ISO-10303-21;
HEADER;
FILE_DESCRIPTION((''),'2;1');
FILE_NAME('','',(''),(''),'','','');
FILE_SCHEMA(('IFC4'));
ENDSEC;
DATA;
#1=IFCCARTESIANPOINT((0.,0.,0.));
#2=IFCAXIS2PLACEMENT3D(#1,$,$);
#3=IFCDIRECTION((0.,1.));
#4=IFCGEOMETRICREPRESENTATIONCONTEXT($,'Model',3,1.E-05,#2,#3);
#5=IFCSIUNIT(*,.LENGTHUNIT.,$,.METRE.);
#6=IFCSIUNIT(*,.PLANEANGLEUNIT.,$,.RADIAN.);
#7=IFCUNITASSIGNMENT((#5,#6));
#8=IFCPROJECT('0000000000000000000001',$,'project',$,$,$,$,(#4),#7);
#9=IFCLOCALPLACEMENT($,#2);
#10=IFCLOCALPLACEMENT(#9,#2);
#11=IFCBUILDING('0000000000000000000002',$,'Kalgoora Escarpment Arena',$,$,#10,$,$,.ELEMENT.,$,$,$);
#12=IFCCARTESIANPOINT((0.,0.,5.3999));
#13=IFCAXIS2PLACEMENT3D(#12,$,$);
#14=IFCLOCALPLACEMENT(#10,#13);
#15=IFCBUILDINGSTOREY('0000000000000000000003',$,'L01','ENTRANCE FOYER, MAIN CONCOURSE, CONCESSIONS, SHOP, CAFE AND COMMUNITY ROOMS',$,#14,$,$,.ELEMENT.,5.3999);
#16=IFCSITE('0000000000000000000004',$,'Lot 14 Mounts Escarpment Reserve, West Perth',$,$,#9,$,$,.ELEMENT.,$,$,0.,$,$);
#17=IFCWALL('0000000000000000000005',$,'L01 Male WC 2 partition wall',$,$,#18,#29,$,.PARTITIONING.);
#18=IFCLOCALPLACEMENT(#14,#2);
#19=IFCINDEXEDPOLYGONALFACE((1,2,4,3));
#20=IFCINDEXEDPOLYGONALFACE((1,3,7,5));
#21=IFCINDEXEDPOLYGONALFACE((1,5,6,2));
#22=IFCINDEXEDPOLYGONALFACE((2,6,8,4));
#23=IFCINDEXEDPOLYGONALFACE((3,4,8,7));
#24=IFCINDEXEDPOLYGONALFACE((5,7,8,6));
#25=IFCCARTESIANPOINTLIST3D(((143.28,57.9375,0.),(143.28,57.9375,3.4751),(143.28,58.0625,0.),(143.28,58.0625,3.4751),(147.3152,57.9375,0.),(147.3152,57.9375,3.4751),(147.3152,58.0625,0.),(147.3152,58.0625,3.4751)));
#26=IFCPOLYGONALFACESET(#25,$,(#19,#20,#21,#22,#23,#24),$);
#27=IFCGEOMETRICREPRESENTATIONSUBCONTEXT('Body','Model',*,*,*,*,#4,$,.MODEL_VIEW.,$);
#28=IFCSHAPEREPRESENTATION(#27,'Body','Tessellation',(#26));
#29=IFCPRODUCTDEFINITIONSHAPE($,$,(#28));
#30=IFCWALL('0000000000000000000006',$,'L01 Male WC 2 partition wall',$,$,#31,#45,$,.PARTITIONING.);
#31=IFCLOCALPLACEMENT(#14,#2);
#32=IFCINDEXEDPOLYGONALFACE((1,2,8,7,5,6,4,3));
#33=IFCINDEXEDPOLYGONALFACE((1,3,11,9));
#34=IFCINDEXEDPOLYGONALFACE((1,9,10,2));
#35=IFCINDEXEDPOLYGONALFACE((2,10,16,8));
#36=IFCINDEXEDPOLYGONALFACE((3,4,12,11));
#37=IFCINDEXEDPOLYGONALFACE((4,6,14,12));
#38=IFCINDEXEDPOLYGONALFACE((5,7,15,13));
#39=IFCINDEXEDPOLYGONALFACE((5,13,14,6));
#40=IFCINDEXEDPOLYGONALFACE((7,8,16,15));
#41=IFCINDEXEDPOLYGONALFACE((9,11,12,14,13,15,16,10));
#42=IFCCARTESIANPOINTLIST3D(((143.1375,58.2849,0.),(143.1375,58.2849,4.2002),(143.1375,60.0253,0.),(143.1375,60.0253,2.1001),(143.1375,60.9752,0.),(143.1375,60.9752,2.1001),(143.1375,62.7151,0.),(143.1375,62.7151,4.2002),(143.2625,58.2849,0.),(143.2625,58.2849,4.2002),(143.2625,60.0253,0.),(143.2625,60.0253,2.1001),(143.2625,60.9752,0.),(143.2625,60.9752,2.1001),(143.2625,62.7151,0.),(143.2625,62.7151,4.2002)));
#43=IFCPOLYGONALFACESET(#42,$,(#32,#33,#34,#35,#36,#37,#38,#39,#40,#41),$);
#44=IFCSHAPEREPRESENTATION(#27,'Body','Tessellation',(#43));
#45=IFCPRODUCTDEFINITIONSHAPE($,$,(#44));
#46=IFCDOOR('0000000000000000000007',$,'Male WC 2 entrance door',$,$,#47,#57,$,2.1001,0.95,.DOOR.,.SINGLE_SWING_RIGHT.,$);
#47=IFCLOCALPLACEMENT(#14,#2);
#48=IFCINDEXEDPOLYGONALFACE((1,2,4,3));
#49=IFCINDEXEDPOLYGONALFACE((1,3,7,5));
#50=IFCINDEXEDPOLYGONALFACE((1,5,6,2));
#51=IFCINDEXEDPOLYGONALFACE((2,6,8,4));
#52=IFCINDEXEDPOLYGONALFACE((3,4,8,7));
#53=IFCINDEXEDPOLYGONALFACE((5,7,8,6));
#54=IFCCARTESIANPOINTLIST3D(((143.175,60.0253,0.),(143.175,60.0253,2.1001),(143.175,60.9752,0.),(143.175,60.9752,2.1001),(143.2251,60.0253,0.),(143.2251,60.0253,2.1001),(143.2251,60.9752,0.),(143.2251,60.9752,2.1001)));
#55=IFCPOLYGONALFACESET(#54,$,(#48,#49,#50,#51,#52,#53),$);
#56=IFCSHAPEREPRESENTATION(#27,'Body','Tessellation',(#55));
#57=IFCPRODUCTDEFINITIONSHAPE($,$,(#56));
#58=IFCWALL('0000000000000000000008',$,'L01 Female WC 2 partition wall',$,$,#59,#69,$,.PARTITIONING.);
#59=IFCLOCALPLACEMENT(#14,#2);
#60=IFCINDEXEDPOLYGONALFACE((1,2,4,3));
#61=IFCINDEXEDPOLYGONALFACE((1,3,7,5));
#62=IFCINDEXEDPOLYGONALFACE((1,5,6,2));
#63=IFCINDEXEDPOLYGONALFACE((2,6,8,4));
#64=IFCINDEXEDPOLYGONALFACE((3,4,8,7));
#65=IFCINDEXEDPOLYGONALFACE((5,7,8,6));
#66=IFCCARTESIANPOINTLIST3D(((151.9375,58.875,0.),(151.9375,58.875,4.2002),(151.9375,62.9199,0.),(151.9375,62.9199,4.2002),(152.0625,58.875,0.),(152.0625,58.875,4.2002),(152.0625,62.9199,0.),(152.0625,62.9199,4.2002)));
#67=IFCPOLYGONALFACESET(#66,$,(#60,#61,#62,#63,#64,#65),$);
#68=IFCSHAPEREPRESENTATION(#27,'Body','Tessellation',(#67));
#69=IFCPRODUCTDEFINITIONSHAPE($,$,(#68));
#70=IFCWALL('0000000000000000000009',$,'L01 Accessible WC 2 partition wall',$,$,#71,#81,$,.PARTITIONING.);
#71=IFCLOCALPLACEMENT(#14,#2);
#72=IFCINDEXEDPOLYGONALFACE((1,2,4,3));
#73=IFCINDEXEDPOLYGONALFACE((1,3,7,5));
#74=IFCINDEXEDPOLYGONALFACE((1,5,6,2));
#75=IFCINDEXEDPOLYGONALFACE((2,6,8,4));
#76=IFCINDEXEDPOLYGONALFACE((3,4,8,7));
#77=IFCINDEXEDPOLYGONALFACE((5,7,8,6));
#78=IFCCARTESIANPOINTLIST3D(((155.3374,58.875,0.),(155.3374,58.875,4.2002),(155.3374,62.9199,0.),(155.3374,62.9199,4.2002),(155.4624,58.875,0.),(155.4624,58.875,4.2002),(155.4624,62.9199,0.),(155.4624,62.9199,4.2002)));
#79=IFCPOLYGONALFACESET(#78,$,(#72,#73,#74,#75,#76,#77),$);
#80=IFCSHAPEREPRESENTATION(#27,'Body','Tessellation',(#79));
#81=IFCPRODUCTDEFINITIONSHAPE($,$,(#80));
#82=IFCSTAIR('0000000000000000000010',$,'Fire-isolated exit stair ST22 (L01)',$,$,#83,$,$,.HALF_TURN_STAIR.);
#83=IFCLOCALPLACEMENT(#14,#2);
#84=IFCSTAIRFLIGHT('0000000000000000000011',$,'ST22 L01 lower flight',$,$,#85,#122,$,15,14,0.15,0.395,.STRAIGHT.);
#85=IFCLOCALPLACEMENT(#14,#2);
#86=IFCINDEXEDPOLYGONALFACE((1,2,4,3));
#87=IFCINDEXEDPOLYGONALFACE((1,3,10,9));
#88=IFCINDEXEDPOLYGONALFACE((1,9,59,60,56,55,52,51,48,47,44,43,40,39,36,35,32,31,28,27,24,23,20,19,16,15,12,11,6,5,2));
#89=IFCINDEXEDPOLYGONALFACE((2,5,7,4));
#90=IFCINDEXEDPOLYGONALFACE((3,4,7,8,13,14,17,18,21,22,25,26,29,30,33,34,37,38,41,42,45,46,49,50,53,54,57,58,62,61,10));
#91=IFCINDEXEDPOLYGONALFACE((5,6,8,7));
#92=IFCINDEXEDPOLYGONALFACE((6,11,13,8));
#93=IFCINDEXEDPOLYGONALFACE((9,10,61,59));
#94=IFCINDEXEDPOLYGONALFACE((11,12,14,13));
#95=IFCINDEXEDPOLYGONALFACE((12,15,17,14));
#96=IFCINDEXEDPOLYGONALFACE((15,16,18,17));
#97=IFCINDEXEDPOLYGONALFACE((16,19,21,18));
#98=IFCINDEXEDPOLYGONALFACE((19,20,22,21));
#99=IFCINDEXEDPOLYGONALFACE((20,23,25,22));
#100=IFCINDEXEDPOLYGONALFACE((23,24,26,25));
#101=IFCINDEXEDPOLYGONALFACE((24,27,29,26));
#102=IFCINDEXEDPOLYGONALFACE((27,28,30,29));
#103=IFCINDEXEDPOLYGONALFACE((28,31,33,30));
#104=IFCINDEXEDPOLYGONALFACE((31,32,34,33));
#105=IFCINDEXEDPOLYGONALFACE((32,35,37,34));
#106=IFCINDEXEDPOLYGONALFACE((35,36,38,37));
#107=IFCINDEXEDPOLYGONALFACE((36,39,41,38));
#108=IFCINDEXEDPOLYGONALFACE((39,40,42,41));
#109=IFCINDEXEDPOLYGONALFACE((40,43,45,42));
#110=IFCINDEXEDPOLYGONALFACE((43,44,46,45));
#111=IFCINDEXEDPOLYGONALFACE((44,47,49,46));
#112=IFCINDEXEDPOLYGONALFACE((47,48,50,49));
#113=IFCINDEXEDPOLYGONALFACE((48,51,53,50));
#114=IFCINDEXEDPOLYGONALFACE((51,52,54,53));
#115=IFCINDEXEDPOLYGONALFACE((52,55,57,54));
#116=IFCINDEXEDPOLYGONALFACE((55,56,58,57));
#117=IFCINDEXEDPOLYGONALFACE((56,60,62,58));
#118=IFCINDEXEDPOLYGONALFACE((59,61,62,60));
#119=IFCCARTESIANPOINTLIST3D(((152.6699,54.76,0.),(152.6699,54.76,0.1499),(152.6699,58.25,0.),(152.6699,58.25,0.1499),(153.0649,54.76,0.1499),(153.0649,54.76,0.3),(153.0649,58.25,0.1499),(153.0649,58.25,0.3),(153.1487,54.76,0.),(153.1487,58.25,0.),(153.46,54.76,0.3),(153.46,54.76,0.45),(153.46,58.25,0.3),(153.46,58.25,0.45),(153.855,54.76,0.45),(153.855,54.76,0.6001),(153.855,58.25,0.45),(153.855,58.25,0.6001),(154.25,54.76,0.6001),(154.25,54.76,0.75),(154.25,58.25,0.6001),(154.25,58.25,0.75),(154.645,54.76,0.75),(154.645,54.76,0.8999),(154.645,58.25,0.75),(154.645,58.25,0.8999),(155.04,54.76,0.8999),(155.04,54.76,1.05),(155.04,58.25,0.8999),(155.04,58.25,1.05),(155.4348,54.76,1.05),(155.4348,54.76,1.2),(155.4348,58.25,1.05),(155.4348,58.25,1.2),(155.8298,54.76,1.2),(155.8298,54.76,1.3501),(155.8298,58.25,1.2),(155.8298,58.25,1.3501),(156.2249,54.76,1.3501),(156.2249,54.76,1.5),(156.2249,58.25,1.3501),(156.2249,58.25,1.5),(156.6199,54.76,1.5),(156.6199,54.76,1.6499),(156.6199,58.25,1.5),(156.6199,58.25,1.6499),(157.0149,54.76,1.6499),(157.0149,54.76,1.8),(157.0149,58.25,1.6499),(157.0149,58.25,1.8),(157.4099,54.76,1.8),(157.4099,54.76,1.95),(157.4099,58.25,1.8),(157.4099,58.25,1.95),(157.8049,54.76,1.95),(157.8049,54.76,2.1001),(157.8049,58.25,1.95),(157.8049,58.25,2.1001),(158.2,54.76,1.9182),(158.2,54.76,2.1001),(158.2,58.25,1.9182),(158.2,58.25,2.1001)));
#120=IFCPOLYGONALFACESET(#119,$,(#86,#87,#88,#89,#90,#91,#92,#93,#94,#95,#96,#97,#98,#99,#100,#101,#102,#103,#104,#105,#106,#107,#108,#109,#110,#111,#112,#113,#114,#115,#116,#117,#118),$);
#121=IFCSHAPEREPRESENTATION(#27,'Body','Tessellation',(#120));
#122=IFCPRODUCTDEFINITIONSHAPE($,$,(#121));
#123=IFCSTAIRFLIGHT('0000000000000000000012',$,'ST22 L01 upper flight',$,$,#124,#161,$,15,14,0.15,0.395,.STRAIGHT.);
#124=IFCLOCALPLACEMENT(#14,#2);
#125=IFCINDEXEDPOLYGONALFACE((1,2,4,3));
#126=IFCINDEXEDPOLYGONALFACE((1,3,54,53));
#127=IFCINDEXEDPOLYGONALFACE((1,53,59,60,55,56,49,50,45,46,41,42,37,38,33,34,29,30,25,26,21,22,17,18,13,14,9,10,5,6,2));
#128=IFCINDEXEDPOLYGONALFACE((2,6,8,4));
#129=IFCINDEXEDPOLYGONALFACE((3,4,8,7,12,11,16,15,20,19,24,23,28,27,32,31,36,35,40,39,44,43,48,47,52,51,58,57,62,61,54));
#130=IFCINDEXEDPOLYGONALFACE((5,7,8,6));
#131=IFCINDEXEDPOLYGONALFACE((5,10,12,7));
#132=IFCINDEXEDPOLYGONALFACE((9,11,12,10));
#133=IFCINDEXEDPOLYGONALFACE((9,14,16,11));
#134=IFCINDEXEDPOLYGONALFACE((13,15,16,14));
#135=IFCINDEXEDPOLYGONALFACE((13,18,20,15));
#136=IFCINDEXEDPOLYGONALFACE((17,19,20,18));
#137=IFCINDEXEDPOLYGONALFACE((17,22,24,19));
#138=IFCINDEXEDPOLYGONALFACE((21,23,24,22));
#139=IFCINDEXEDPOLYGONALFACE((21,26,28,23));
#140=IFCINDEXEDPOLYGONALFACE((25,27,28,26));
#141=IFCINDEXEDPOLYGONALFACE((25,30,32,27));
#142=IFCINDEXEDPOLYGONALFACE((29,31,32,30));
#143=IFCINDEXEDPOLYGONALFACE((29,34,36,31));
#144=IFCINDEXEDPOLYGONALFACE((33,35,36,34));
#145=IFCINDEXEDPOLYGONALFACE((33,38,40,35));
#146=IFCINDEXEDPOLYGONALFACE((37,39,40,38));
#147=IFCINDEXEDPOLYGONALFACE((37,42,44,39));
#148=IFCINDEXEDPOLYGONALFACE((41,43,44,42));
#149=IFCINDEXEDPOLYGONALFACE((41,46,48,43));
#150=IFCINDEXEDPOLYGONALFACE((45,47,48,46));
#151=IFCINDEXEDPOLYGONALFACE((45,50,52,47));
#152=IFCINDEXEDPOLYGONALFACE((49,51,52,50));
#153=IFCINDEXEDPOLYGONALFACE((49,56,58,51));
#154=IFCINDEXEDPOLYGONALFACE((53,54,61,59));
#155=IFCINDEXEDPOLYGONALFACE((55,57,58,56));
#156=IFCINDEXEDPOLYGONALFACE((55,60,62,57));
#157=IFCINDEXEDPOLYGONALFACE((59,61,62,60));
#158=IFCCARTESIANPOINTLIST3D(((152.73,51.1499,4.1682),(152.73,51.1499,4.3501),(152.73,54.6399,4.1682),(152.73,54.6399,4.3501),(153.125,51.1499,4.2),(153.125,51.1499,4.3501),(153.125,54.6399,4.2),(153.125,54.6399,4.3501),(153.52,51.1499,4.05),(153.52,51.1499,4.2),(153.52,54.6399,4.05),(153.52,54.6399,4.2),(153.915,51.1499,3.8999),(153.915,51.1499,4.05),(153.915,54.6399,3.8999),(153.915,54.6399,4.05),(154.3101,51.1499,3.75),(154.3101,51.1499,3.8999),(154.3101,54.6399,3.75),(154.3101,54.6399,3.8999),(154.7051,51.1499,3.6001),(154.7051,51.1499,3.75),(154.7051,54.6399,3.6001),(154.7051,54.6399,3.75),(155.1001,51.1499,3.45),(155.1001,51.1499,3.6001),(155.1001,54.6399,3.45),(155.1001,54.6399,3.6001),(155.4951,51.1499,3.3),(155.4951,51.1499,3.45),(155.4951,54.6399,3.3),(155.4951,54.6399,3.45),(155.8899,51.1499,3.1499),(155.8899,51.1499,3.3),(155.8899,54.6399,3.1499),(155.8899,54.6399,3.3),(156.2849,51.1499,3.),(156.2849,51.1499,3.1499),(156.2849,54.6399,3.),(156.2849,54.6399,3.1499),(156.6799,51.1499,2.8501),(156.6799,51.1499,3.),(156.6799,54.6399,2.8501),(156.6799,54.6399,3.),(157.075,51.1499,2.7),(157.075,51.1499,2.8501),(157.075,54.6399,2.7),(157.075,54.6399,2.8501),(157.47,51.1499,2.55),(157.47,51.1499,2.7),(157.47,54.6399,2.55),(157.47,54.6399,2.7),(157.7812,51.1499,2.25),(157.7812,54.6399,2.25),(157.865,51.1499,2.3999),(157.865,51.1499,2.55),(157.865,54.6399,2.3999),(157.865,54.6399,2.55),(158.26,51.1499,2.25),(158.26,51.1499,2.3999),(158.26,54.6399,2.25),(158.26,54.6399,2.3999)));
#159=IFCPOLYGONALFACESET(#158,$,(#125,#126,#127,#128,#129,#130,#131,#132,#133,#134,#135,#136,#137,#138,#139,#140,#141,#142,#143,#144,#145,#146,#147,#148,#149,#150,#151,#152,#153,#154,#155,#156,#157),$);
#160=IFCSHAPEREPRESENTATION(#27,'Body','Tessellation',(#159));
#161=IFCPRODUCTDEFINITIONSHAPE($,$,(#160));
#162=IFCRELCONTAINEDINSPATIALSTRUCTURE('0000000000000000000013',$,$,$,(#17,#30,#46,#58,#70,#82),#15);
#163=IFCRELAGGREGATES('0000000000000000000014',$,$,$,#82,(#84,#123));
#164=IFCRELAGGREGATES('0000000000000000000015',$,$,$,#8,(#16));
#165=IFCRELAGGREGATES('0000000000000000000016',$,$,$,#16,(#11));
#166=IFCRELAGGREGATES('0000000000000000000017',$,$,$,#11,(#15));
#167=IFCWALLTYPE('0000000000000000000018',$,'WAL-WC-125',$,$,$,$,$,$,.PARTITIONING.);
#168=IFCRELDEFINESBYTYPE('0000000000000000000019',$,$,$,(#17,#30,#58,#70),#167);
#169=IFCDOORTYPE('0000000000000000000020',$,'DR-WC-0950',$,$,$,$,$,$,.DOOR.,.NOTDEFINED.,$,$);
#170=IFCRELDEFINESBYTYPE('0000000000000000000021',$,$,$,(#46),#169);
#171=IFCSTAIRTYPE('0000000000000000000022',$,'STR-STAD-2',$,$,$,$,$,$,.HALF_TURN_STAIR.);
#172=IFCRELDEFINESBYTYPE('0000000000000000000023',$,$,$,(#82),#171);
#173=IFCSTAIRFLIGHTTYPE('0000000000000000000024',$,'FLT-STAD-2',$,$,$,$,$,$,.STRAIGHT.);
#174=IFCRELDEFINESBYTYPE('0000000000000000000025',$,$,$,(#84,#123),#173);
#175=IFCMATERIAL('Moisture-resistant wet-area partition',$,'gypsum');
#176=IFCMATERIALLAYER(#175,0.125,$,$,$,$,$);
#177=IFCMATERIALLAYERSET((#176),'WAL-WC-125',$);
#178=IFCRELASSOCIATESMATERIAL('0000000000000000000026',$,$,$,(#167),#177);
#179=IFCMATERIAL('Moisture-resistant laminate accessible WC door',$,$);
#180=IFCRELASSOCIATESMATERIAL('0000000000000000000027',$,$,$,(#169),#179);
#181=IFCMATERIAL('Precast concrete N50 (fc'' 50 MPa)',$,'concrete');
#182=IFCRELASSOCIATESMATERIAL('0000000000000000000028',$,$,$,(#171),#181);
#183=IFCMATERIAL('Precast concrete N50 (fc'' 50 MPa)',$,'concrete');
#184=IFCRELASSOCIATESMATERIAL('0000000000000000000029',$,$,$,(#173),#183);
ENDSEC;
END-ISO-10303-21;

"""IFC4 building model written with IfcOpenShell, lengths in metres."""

from ifc_helpers import new_model, si_unit, direction, frame, frame_2d, origin, place, context, subcontext, project, spatial, polyline, rectangle, outline, extrude, material, layer, layer_set, type_object, element, fill, aggregate, save


model = new_model("IFC4")

# Units and contexts
model_context = context("Model", 3, precision=1e-05, world=origin(), true_north=direction((0.0, 1.0)))
body_context = subcontext(model_context, "Body", "Model", "MODEL_VIEW")
ifc_project = project(units=[si_unit("LENGTHUNIT", "METRE"), si_unit("PLANEANGLEUNIT", "RADIAN")], contexts=[model_context])

# Site, building, storey
site_placement = place(None, origin())
site = spatial("IfcSite", under=ifc_project, at=site_placement, Name="Lot 14 Mounts Escarpment Reserve, West Perth", CompositionType="ELEMENT", RefElevation=0.0)
building_placement = place(site_placement, origin())
building = spatial("IfcBuilding", under=site, at=building_placement, Name="Kalgoora Escarpment Arena", CompositionType="ELEMENT")
storey_placement = place(building_placement, frame((0.0, 0.0, 5.3999)))
storey = spatial("IfcBuildingStorey", under=building, at=storey_placement, Name="L01", Description="ENTRANCE FOYER, MAIN CONCOURSE, CONCESSIONS, SHOP, CAFE AND COMMUNITY ROOMS", CompositionType="ELEMENT", Elevation=5.3999)

# Wall
ifc_material_1 = material(Name="Moisture-resistant wet-area partition", Category="gypsum")
ifc_layer_1 = layer(ifc_material_1, 0.125)
ifc_layer_set_1 = layer_set([ifc_layer_1], Name="WAL-WC-125")
wall_type_1 = type_object("IfcWallType", Name="WAL-WC-125", PredefinedType="PARTITIONING", material=ifc_layer_set_1)
wall_1_placement = place(storey_placement, frame((147.3152, 58.0, 0.0), z_axis=(0.0, 0.0, 1.0), x_axis=(-1.0, 0.0, 0.0)))
element("IfcWall", 1, at=wall_1_placement, inside=storey, type_object=wall_type_1, Name="L01 Male WC 2 partition wall", PredefinedType="PARTITIONING", context=body_context, shape_type="SweptSolid", body=[
    extrude(rectangle(XDim=4.0352, YDim=0.125, at=frame_2d((2.0176, 0.0))), origin(), (0.0, 0.0, 1.0), 3.4751),
])

# Wall, opening, door
wall_2_placement = place(storey_placement, frame((143.2, 58.2849, 0.0), z_axis=(0.0, 0.0, 1.0), x_axis=(0.0, 1.0, 0.0)))
wall_2 = element("IfcWall", 2, at=wall_2_placement, inside=storey, type_object=wall_type_1, Name="L01 Male WC 2 partition wall", PredefinedType="PARTITIONING", context=body_context, shape_type="SweptSolid", body=[
    extrude(rectangle(XDim=4.4302, YDim=0.125, at=frame_2d((2.2151, 0.0))), origin(), (0.0, 0.0, 1.0), 4.2002),
])
opening_1_placement = place(wall_2_placement, frame((1.7402, 0.0, 0.0)))
opening_1 = element("IfcOpeningElement", 3, at=opening_1_placement, cuts=wall_2, PredefinedType="OPENING", context=body_context, shape_type="SweptSolid", body=[
    extrude(rectangle(XDim=0.95, YDim=2.1001, at=frame_2d((0.4751, 1.05))), frame((0.0, 0.0725, 0.0), z_axis=(0.0, -1.0, 0.0), x_axis=(1.0, 0.0, 0.0)), (0.0, 0.0, 1.0), 0.145),
])
ifc_material_2 = material(Name="Moisture-resistant laminate accessible WC door")
door_type_1 = type_object("IfcDoorType", Name="DR-WC-0950", OperationType="NOTDEFINED", PredefinedType="DOOR", material=ifc_material_2)
door_1_placement = place(opening_1_placement, origin())
door_1 = element("IfcDoor", 4, at=door_1_placement, inside=storey, type_object=door_type_1, Name="Male WC 2 entrance door", OperationType="SINGLE_SWING_RIGHT", OverallHeight=2.1001, OverallWidth=0.95, PredefinedType="DOOR", context=body_context, shape_type="SweptSolid", body=[
    extrude(rectangle(XDim=0.95, YDim=2.1001, at=frame_2d((0.4751, 1.05))), frame((0.0, 0.0249, 0.0), z_axis=(0.0, -1.0, 0.0), x_axis=(1.0, 0.0, 0.0)), (0.0, 0.0, 1.0), 0.05),
])
fill(opening_1, door_1)

# Walls
for number, where, z_axis, x_axis, name in (
    (5, (152.0, 62.9199, 0.0), (0.0, 0.0, 1.0), (0.0, -1.0, 0.0), "L01 Female WC 2 partition wall"),
    (6, (155.3999, 62.9199, 0.0), (0.0, 0.0, 1.0), (0.0, -1.0, 0.0), "L01 Accessible WC 2 partition wall"),
):
    element("IfcWall", number, at=place(storey_placement, frame(where, z_axis=z_axis, x_axis=x_axis)), inside=storey, type_object=wall_type_1, Name=name, PredefinedType="PARTITIONING", context=body_context, shape_type="SweptSolid", body=[
        extrude(rectangle(XDim=4.0449, YDim=0.125, at=frame_2d((2.0225, 0.0))), origin(), (0.0, 0.0, 1.0), 4.2002),
    ])

# Stair, stair flights
ifc_material_3 = material(Name="Precast concrete N50 (fc' 50 MPa)", Category="concrete")
stair_type = type_object("IfcStairType", Name="STR-STAD-2", PredefinedType="HALF_TURN_STAIR", material=ifc_material_3)
stair_placement = place(storey_placement, origin())
stair = element("IfcStair", 7, at=stair_placement, inside=storey, type_object=stair_type, Name="Fire-isolated exit stair ST22 (L01)", PredefinedType="HALF_TURN_STAIR")
ifc_material_4 = material(Name="Precast concrete N50 (fc' 50 MPa)", Category="concrete")
stair_flight_type = type_object("IfcStairFlightType", Name="FLT-STAD-2", PredefinedType="STRAIGHT", material=ifc_material_4)
stair_flight_1_placement = place(storey_placement, frame((152.6699, 56.5049, 0.0), z_axis=(0.0, 0.0, 1.0), x_axis=(1.0, 0.0, 0.0)))
stair_flight_1 = element("IfcStairFlight", 8, at=stair_flight_1_placement, type_object=stair_flight_type, Name="ST22 L01 lower flight", NumberOfRisers=15, NumberOfTreads=14, PredefinedType="STRAIGHT", RiserHeight=0.15, TreadLength=0.395, context=body_context, shape_type="SweptSolid", body=[
    extrude(outline(polyline([(0.0, 0.0), (0.0, 0.1499), (0.395, 0.1499), (0.395, 0.3), (0.79, 0.3), (0.79, 0.45), (1.1851, 0.45), (1.1851, 0.6001), (1.5801, 0.6001), (1.5801, 0.75), (1.9751, 0.75), (1.9751, 0.8999), (2.3701, 0.8999), (2.3701, 1.05), (2.7649, 1.05), (2.7649, 1.2), (3.1599, 1.2), (3.1599, 1.3501), (3.5549, 1.3501), (3.5549, 1.5), (3.95, 1.5), (3.95, 1.6499), (4.345, 1.6499), (4.345, 1.8), (4.74, 1.8), (4.74, 1.95), (5.135, 1.95), (5.135, 2.1001), (5.53, 2.1001), (5.53, 2.25), (5.53, 1.9182), (0.4788, 0.0), (0.0, 0.0)])), frame((0.0, 1.7451, 0.0), z_axis=(0.0, -1.0, 0.0), x_axis=(1.0, 0.0, 0.0)), (0.0, 0.0, 1.0), 3.49),
])
stair_flight_2_placement = place(storey_placement, frame((158.26, 52.895, 2.25), z_axis=(0.0, 0.0, 1.0), x_axis=(-1.0, 0.0, 0.0)))
stair_flight_2 = element("IfcStairFlight", 9, at=stair_flight_2_placement, type_object=stair_flight_type, Name="ST22 L01 upper flight", NumberOfRisers=15, NumberOfTreads=14, PredefinedType="STRAIGHT", RiserHeight=0.15, TreadLength=0.395, context=body_context, shape_type="SweptSolid", body=[
    extrude(outline(polyline([(0.0, 0.0), (0.0, 0.1499), (0.395, 0.1499), (0.395, 0.3), (0.79, 0.3), (0.79, 0.45), (1.1851, 0.45), (1.1851, 0.6001), (1.5801, 0.6001), (1.5801, 0.75), (1.9751, 0.75), (1.9751, 0.8999), (2.3701, 0.8999), (2.3701, 1.05), (2.7649, 1.05), (2.7649, 1.2), (3.1599, 1.2), (3.1599, 1.3501), (3.5549, 1.3501), (3.5549, 1.5), (3.95, 1.5), (3.95, 1.6499), (4.345, 1.6499), (4.345, 1.8), (4.74, 1.8), (4.74, 1.95), (5.135, 1.95), (5.135, 2.1001), (5.53, 2.1001), (5.53, 2.25), (5.53, 1.9182), (0.4788, 0.0), (0.0, 0.0)])), frame((0.0, 1.7451, 0.0), z_axis=(0.0, -1.0, 0.0), x_axis=(1.0, 0.0, 0.0)), (0.0, 0.0, 1.0), 3.49),
])
aggregate(stair, [stair_flight_1, stair_flight_2])

save(model, "model.ifc")
